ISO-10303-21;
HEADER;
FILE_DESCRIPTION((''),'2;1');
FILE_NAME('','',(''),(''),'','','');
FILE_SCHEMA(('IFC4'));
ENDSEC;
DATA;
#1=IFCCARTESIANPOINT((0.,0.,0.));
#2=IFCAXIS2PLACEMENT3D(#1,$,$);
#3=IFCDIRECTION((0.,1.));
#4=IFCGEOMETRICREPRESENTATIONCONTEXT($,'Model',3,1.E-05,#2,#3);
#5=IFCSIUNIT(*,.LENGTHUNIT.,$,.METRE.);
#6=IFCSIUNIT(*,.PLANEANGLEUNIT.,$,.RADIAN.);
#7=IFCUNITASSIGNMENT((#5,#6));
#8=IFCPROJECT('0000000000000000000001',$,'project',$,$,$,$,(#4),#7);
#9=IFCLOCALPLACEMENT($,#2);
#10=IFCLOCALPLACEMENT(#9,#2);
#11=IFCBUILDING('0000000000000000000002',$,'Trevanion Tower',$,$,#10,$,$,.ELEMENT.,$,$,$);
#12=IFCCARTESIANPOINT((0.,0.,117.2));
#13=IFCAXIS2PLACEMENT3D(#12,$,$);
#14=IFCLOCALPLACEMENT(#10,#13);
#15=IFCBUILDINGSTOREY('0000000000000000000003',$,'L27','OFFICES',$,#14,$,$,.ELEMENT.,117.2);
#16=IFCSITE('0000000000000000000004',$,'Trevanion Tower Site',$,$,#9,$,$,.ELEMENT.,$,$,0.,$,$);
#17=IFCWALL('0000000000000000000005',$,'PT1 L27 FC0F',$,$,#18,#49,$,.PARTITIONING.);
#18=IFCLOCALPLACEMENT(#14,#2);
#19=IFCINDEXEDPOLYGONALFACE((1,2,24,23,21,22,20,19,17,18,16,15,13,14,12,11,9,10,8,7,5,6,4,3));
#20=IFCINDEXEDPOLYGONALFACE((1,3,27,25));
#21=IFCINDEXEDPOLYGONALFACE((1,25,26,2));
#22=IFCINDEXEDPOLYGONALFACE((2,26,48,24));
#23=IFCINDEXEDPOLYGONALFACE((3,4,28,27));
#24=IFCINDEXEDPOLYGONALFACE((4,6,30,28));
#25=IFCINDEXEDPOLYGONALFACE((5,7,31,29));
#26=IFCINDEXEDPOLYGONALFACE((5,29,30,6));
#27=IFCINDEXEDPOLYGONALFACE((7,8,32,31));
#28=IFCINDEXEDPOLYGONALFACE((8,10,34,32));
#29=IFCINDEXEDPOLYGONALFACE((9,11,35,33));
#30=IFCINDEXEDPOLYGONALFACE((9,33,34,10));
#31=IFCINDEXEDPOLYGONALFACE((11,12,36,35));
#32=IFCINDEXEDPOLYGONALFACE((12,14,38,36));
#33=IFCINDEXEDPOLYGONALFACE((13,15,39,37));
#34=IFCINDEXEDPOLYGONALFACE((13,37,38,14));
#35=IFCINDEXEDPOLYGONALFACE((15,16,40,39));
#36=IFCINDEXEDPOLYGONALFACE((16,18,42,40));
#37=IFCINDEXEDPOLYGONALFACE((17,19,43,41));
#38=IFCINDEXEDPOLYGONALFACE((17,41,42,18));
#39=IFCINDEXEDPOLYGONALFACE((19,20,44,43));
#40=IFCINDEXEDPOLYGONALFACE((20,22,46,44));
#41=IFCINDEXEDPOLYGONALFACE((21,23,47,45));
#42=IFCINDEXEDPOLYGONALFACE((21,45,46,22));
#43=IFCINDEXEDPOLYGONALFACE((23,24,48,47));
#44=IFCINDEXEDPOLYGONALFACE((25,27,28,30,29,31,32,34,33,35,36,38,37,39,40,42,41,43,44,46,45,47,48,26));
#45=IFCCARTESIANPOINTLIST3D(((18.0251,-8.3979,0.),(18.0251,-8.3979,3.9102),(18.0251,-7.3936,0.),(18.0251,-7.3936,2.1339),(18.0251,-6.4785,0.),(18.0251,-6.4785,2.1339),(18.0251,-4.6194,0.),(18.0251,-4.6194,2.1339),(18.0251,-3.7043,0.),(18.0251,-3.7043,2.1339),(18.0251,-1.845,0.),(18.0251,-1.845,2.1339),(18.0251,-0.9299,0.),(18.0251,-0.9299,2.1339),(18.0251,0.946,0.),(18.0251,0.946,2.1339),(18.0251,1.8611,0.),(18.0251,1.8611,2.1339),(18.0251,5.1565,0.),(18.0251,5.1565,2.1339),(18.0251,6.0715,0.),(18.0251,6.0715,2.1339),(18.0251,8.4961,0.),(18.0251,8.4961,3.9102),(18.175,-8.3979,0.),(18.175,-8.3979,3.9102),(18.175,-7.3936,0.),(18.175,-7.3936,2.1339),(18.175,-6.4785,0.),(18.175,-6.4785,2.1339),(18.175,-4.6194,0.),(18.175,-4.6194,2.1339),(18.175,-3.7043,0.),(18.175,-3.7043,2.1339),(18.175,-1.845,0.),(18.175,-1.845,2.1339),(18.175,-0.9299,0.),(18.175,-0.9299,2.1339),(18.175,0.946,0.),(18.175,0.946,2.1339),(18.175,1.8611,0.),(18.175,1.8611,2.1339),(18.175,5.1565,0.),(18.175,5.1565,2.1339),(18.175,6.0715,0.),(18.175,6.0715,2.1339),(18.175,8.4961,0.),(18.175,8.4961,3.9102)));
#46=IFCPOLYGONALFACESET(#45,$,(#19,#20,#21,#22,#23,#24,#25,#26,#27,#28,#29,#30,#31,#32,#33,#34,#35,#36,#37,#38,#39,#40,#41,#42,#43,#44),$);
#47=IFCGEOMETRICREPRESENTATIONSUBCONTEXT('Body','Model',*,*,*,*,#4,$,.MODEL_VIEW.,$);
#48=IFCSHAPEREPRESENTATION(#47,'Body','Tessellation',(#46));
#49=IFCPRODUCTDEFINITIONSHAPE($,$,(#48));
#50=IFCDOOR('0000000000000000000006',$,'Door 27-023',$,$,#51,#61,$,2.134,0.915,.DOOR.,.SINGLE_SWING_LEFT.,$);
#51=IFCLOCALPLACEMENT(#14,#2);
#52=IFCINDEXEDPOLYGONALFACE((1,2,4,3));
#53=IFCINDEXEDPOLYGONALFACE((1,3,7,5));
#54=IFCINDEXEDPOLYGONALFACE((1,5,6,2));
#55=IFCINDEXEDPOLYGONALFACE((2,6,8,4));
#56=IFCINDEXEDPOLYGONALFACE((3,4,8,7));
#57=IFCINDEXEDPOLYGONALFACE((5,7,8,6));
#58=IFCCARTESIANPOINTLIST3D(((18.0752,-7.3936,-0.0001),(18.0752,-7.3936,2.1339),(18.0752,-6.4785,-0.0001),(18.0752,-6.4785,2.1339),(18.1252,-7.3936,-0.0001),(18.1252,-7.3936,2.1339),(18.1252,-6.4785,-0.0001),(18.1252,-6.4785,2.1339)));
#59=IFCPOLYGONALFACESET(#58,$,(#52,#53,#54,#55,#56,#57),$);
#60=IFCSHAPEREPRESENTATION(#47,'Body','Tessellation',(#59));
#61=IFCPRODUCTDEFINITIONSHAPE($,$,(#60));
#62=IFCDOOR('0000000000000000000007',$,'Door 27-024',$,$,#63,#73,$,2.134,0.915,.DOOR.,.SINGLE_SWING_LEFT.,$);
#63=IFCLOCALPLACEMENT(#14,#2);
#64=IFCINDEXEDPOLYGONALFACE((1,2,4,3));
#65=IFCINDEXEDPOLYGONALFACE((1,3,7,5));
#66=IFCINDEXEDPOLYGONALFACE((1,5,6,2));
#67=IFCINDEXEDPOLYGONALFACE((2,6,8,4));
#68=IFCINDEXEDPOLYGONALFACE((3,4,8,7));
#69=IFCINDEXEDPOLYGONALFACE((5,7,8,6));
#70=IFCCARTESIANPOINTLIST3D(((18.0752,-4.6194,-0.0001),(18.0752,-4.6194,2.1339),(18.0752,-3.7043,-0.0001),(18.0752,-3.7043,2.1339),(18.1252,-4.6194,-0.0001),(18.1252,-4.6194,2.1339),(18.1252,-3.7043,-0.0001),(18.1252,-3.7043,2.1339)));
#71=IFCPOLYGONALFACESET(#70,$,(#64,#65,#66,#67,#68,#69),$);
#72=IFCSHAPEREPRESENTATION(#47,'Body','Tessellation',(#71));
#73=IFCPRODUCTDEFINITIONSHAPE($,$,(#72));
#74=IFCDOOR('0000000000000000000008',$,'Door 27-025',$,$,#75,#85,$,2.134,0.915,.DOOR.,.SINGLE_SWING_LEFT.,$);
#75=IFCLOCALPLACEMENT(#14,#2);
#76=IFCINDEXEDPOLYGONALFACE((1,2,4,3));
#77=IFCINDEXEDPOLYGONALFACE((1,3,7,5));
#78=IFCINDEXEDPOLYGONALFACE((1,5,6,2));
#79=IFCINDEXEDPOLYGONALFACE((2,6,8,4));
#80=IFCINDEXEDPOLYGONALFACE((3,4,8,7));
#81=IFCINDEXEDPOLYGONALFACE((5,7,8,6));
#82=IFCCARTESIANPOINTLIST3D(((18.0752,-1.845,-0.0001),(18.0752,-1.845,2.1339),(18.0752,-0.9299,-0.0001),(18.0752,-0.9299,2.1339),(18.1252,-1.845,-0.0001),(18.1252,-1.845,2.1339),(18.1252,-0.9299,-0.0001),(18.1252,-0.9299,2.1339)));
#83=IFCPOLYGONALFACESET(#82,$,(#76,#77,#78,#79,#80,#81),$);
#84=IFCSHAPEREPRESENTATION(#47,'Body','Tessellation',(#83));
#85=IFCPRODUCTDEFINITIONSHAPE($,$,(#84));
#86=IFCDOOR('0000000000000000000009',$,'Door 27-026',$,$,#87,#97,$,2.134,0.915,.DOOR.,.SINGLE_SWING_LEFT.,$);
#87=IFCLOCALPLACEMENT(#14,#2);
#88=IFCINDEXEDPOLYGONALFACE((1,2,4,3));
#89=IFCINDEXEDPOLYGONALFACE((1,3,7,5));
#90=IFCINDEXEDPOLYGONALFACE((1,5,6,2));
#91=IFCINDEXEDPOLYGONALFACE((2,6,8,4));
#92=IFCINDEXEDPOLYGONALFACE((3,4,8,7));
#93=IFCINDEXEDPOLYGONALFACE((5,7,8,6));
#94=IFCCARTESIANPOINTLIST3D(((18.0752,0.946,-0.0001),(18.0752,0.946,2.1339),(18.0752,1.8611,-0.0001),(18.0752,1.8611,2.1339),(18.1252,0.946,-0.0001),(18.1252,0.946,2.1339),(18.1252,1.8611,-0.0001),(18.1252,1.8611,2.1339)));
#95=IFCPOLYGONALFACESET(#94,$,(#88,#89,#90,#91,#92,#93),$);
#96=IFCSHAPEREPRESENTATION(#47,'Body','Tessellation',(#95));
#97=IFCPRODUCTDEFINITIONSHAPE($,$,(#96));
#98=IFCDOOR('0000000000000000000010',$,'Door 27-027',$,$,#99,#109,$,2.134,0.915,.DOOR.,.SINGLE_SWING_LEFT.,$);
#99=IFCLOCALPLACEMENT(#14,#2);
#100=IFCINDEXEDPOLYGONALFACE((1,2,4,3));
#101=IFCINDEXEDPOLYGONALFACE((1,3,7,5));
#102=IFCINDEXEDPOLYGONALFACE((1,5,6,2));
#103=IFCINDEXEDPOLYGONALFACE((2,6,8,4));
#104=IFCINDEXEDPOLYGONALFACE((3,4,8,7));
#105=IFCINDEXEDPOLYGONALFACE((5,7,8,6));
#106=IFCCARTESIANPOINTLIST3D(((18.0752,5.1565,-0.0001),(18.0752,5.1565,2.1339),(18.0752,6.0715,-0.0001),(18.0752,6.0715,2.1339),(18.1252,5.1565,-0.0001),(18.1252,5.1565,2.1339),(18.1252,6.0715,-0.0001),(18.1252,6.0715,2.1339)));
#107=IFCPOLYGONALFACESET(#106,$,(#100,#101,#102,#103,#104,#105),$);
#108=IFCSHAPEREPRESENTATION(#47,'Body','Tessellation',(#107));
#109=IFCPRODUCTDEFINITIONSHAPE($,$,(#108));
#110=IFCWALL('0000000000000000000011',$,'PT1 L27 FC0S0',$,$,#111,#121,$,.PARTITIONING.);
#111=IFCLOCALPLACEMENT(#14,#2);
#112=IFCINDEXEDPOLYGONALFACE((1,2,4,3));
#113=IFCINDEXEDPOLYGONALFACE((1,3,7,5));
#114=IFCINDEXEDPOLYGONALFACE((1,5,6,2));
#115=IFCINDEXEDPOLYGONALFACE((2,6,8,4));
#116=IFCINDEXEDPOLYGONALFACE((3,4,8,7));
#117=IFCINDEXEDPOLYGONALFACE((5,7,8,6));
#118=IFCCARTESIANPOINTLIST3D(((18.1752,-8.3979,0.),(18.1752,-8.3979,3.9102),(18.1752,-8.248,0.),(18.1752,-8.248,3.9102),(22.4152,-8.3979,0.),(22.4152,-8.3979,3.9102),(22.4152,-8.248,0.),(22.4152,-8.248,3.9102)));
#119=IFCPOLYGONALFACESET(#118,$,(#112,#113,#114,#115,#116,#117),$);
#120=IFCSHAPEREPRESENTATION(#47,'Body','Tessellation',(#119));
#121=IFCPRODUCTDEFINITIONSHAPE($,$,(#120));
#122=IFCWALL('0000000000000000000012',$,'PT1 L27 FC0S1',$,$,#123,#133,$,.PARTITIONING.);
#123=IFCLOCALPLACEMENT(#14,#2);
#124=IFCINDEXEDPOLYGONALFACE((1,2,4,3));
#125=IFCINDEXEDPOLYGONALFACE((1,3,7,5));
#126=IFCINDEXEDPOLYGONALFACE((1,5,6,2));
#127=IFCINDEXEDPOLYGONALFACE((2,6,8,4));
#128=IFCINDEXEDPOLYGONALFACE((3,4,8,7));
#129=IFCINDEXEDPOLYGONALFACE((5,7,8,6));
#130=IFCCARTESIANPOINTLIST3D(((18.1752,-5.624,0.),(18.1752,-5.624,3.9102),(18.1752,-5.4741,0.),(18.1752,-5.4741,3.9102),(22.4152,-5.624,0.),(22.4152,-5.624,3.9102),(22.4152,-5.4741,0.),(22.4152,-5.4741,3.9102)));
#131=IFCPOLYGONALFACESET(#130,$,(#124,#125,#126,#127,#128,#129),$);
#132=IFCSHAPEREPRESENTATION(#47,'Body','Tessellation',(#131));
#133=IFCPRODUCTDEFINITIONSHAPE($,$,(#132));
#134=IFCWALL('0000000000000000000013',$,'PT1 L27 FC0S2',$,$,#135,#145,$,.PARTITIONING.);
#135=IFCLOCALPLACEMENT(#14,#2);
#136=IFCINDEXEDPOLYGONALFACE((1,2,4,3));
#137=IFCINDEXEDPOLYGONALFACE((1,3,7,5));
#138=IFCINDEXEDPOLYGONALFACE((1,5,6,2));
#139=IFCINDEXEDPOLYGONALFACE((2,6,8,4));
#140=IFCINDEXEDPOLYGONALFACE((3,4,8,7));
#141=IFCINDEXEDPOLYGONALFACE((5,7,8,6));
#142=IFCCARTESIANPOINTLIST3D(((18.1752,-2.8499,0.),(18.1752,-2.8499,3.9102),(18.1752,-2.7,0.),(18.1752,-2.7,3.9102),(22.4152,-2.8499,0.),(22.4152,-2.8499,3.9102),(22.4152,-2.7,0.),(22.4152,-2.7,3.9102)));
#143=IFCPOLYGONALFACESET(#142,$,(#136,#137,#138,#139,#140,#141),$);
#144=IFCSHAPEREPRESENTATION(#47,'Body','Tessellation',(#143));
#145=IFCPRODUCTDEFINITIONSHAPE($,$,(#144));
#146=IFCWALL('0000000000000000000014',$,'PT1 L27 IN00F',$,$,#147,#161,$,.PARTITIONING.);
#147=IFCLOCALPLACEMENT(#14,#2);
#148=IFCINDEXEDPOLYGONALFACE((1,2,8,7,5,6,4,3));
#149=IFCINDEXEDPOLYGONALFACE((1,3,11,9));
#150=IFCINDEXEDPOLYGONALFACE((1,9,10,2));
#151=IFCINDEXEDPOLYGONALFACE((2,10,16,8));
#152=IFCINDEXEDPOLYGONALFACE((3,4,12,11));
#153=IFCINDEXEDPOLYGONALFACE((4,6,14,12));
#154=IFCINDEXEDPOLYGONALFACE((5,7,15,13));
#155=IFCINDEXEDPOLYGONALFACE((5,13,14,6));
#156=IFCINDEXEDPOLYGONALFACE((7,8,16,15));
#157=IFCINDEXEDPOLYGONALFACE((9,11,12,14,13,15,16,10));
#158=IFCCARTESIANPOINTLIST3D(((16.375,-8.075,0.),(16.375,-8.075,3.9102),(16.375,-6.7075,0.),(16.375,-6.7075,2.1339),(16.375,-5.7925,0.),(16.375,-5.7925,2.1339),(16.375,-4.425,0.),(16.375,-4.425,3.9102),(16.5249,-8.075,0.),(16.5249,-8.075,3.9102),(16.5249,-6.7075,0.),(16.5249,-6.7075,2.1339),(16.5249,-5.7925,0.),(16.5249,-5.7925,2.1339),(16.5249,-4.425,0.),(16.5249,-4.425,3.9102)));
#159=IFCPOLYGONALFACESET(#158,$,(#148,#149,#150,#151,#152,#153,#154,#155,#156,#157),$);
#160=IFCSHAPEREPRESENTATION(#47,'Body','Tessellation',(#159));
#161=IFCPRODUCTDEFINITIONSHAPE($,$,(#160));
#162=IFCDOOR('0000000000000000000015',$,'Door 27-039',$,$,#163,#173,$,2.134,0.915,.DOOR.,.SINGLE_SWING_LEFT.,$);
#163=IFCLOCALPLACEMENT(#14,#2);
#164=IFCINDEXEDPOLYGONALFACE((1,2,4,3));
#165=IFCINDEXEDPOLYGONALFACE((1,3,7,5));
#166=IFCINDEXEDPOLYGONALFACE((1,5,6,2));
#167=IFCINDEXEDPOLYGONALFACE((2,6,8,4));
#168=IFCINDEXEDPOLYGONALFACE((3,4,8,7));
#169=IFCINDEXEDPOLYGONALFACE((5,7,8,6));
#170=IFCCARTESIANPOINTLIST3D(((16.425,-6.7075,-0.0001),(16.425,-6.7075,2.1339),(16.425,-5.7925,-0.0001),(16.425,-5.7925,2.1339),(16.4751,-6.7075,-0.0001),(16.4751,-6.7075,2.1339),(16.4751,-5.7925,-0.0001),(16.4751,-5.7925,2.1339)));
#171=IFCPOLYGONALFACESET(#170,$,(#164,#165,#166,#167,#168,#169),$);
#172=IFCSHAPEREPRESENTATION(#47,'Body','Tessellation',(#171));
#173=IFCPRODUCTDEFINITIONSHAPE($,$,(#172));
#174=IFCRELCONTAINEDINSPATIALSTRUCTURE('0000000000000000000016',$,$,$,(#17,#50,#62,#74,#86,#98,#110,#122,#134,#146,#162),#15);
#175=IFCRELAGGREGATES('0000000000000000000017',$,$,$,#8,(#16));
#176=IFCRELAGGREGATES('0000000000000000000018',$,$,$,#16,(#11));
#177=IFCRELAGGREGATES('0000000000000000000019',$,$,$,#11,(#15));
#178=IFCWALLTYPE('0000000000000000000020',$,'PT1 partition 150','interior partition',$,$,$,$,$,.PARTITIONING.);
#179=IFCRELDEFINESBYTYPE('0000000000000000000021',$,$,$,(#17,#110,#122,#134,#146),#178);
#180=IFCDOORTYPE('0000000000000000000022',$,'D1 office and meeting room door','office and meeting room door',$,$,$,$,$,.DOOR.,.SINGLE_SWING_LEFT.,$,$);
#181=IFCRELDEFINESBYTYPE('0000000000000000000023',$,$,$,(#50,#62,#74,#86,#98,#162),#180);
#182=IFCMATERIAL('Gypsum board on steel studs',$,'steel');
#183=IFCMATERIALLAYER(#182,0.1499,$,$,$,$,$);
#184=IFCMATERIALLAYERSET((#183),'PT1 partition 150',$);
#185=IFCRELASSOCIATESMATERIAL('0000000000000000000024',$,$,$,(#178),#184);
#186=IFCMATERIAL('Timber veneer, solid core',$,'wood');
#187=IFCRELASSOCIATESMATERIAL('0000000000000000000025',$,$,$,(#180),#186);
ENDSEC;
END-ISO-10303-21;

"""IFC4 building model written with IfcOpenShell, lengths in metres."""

from ifc_helpers import new_model, si_unit, direction, frame, frame_2d, origin, place, context, subcontext, project, spatial, rectangle, extrude, material, layer, layer_set, type_object, element, fill, save


model = new_model("IFC4")

# Units and contexts
model_context = context("Model", 3, precision=1e-05, world=origin(), true_north=direction((0.0, 1.0)))
body_context = subcontext(model_context, "Body", "Model", "MODEL_VIEW")
ifc_project = project(units=[si_unit("LENGTHUNIT", "METRE"), si_unit("PLANEANGLEUNIT", "RADIAN")], contexts=[model_context])

# Site, building, storey
site_placement = place(None, origin())
site = spatial("IfcSite", under=ifc_project, at=site_placement, Name="Trevanion Tower Site", CompositionType="ELEMENT", RefElevation=0.0)
building_placement = place(site_placement, origin())
building = spatial("IfcBuilding", under=site, at=building_placement, Name="Trevanion Tower", CompositionType="ELEMENT")
storey_placement = place(building_placement, frame((0.0, 0.0, 117.2)))
storey = spatial("IfcBuildingStorey", under=building, at=storey_placement, Name="L27", Description="OFFICES", CompositionType="ELEMENT", Elevation=117.2)

# Wall, openings, doors
ifc_material_1 = material(Name="Gypsum board on steel studs", Category="steel")
ifc_layer_1 = layer(ifc_material_1, 0.1499)
ifc_layer_set_1 = layer_set([ifc_layer_1], Name="PT1 partition 150")
wall_type = type_object("IfcWallType", Name="PT1 partition 150", Description="interior partition", PredefinedType="PARTITIONING", material=ifc_layer_set_1)
wall_1_placement = place(storey_placement, frame((18.1001, -8.3979, 0.0), z_axis=(0.0, 0.0, 1.0), x_axis=(0.0, 1.0, 0.0)))
wall_1 = element("IfcWall", 1, at=wall_1_placement, inside=storey, type_object=wall_type, Name="PT1 L27 FC0F", PredefinedType="PARTITIONING", context=body_context, shape_type="SweptSolid", body=[
    extrude(rectangle(XDim=16.894, YDim=0.1499, at=frame_2d((8.447, 0.0))), origin(), (0.0, 0.0, 1.0), 3.9102),
])
opening_1_placement = place(wall_1_placement, frame((1.0044, 0.0, 0.0)))
opening_1 = element("IfcOpeningElement", 2, at=opening_1_placement, cuts=wall_1, PredefinedType="OPENING", context=body_context, shape_type="SweptSolid", body=[
    extrude(rectangle(XDim=0.915, YDim=2.134, at=frame_2d((0.4575, 1.0669))), frame((0.0, 0.085, 0.0), z_axis=(0.0, -1.0, 0.0), x_axis=(1.0, 0.0, 0.0)), (0.0, 0.0, 1.0), 0.1699),
])
opening_2_placement = place(wall_1_placement, frame((3.7786, 0.0, 0.0)))
opening_2 = element("IfcOpeningElement", 3, at=opening_2_placement, cuts=wall_1, PredefinedType="OPENING", context=body_context, shape_type="SweptSolid", body=[
    extrude(rectangle(XDim=0.915, YDim=2.134, at=frame_2d((0.4575, 1.0669))), frame((0.0, 0.085, 0.0), z_axis=(0.0, -1.0, 0.0), x_axis=(1.0, 0.0, 0.0)), (0.0, 0.0, 1.0), 0.1699),
])
opening_3_placement = place(wall_1_placement, frame((6.553, 0.0, 0.0)))
opening_3 = element("IfcOpeningElement", 4, at=opening_3_placement, cuts=wall_1, PredefinedType="OPENING", context=body_context, shape_type="SweptSolid", body=[
    extrude(rectangle(XDim=0.915, YDim=2.134, at=frame_2d((0.4575, 1.0669))), frame((0.0, 0.085, 0.0), z_axis=(0.0, -1.0, 0.0), x_axis=(1.0, 0.0, 0.0)), (0.0, 0.0, 1.0), 0.1699),
])
opening_4_placement = place(wall_1_placement, frame((9.344, 0.0, 0.0)))
opening_4 = element("IfcOpeningElement", 5, at=opening_4_placement, cuts=wall_1, PredefinedType="OPENING", context=body_context, shape_type="SweptSolid", body=[
    extrude(rectangle(XDim=0.915, YDim=2.134, at=frame_2d((0.4575, 1.0669))), frame((0.0, 0.085, 0.0), z_axis=(0.0, -1.0, 0.0), x_axis=(1.0, 0.0, 0.0)), (0.0, 0.0, 1.0), 0.1699),
])
opening_5_placement = place(wall_1_placement, frame((13.5544, 0.0, 0.0)))
opening_5 = element("IfcOpeningElement", 6, at=opening_5_placement, cuts=wall_1, PredefinedType="OPENING", context=body_context, shape_type="SweptSolid", body=[
    extrude(rectangle(XDim=0.915, YDim=2.134, at=frame_2d((0.4575, 1.0669))), frame((0.0, 0.085, 0.0), z_axis=(0.0, -1.0, 0.0), x_axis=(1.0, 0.0, 0.0)), (0.0, 0.0, 1.0), 0.1699),
])
ifc_material_2 = material(Name="Timber veneer, solid core", Category="wood")
door_type = type_object("IfcDoorType", Name="D1 office and meeting room door", Description="office and meeting room door", OperationType="SINGLE_SWING_LEFT", PredefinedType="DOOR", material=ifc_material_2)
door_1_placement = place(opening_1_placement, origin())
door_1 = element("IfcDoor", 7, at=door_1_placement, inside=storey, type_object=door_type, Name="Door 27-023", OperationType="SINGLE_SWING_LEFT", OverallHeight=2.134, OverallWidth=0.915, PredefinedType="DOOR", context=body_context, shape_type="SweptSolid", body=[
    extrude(rectangle(XDim=0.915, YDim=2.134, at=frame_2d((0.4575, 1.0669))), frame((0.0, 0.0249, 0.0), z_axis=(0.0, -1.0, 0.0), x_axis=(1.0, 0.0, 0.0)), (0.0, 0.0, 1.0), 0.05),
])
fill(opening_1, door_1)
door_2_placement = place(opening_2_placement, origin())
door_2 = element("IfcDoor", 8, at=door_2_placement, inside=storey, type_object=door_type, Name="Door 27-024", OperationType="SINGLE_SWING_LEFT", OverallHeight=2.134, OverallWidth=0.915, PredefinedType="DOOR", context=body_context, shape_type="SweptSolid", body=[
    extrude(rectangle(XDim=0.915, YDim=2.134, at=frame_2d((0.4575, 1.0669))), frame((0.0, 0.0249, 0.0), z_axis=(0.0, -1.0, 0.0), x_axis=(1.0, 0.0, 0.0)), (0.0, 0.0, 1.0), 0.05),
])
fill(opening_2, door_2)
door_3_placement = place(opening_3_placement, origin())
door_3 = element("IfcDoor", 9, at=door_3_placement, inside=storey, type_object=door_type, Name="Door 27-025", OperationType="SINGLE_SWING_LEFT", OverallHeight=2.134, OverallWidth=0.915, PredefinedType="DOOR", context=body_context, shape_type="SweptSolid", body=[
    extrude(rectangle(XDim=0.915, YDim=2.134, at=frame_2d((0.4575, 1.0669))), frame((0.0, 0.0249, 0.0), z_axis=(0.0, -1.0, 0.0), x_axis=(1.0, 0.0, 0.0)), (0.0, 0.0, 1.0), 0.05),
])
fill(opening_3, door_3)
door_4_placement = place(opening_4_placement, origin())
door_4 = element("IfcDoor", 10, at=door_4_placement, inside=storey, type_object=door_type, Name="Door 27-026", OperationType="SINGLE_SWING_LEFT", OverallHeight=2.134, OverallWidth=0.915, PredefinedType="DOOR", context=body_context, shape_type="SweptSolid", body=[
    extrude(rectangle(XDim=0.915, YDim=2.134, at=frame_2d((0.4575, 1.0669))), frame((0.0, 0.0249, 0.0), z_axis=(0.0, -1.0, 0.0), x_axis=(1.0, 0.0, 0.0)), (0.0, 0.0, 1.0), 0.05),
])
fill(opening_4, door_4)
door_5_placement = place(opening_5_placement, origin())
door_5 = element("IfcDoor", 11, at=door_5_placement, inside=storey, type_object=door_type, Name="Door 27-027", OperationType="SINGLE_SWING_LEFT", OverallHeight=2.134, OverallWidth=0.915, PredefinedType="DOOR", context=body_context, shape_type="SweptSolid", body=[
    extrude(rectangle(XDim=0.915, YDim=2.134, at=frame_2d((0.4575, 1.0669))), frame((0.0, 0.0249, 0.0), z_axis=(0.0, -1.0, 0.0), x_axis=(1.0, 0.0, 0.0)), (0.0, 0.0, 1.0), 0.05),
])
fill(opening_5, door_5)

# Walls
for number, where, z_axis, x_axis, name in (
    (12, (18.175, -8.323, 0.0), (0.0, 0.0, 1.0), (1.0, 0.0, 0.0), "PT1 L27 FC0S0"),
    (13, (18.175, -5.5491, 0.0), (0.0, 0.0, 1.0), (1.0, 0.0, 0.0), "PT1 L27 FC0S1"),
    (14, (18.175, -2.7749, 0.0), (0.0, 0.0, 1.0), (1.0, 0.0, 0.0), "PT1 L27 FC0S2"),
):
    element("IfcWall", number, at=place(storey_placement, frame(where, z_axis=z_axis, x_axis=x_axis)), inside=storey, type_object=wall_type, Name=name, PredefinedType="PARTITIONING", context=body_context, shape_type="SweptSolid", body=[
        extrude(rectangle(XDim=4.24, YDim=0.1499, at=frame_2d((2.1201, 0.0))), origin(), (0.0, 0.0, 1.0), 3.9102),
    ])

# Wall, opening, door
wall_2_placement = place(storey_placement, frame((16.45, -8.075, 0.0), z_axis=(0.0, 0.0, 1.0), x_axis=(0.0, 1.0, 0.0)))
wall_2 = element("IfcWall", 15, at=wall_2_placement, inside=storey, type_object=wall_type, Name="PT1 L27 IN00F", PredefinedType="PARTITIONING", context=body_context, shape_type="SweptSolid", body=[
    extrude(rectangle(XDim=3.6499, YDim=0.1499, at=frame_2d((1.825, 0.0))), origin(), (0.0, 0.0, 1.0), 3.9102),
])
opening_6_placement = place(wall_2_placement, frame((1.3674, 0.0, 0.0)))
opening_6 = element("IfcOpeningElement", 16, at=opening_6_placement, cuts=wall_2, PredefinedType="OPENING", context=body_context, shape_type="SweptSolid", body=[
    extrude(rectangle(XDim=0.915, YDim=2.134, at=frame_2d((0.4575, 1.0669))), frame((0.0, 0.085, 0.0), z_axis=(0.0, -1.0, 0.0), x_axis=(1.0, 0.0, 0.0)), (0.0, 0.0, 1.0), 0.1699),
])
door_6_placement = place(opening_6_placement, origin())
door_6 = element("IfcDoor", 17, at=door_6_placement, inside=storey, type_object=door_type, Name="Door 27-039", OperationType="SINGLE_SWING_LEFT", OverallHeight=2.134, OverallWidth=0.915, PredefinedType="DOOR", context=body_context, shape_type="SweptSolid", body=[
    extrude(rectangle(XDim=0.915, YDim=2.134, at=frame_2d((0.4575, 1.0669))), frame((0.0, 0.0249, 0.0), z_axis=(0.0, -1.0, 0.0), x_axis=(1.0, 0.0, 0.0)), (0.0, 0.0, 1.0), 0.05),
])
fill(opening_6, door_6)

save(model, "model.ifc")
